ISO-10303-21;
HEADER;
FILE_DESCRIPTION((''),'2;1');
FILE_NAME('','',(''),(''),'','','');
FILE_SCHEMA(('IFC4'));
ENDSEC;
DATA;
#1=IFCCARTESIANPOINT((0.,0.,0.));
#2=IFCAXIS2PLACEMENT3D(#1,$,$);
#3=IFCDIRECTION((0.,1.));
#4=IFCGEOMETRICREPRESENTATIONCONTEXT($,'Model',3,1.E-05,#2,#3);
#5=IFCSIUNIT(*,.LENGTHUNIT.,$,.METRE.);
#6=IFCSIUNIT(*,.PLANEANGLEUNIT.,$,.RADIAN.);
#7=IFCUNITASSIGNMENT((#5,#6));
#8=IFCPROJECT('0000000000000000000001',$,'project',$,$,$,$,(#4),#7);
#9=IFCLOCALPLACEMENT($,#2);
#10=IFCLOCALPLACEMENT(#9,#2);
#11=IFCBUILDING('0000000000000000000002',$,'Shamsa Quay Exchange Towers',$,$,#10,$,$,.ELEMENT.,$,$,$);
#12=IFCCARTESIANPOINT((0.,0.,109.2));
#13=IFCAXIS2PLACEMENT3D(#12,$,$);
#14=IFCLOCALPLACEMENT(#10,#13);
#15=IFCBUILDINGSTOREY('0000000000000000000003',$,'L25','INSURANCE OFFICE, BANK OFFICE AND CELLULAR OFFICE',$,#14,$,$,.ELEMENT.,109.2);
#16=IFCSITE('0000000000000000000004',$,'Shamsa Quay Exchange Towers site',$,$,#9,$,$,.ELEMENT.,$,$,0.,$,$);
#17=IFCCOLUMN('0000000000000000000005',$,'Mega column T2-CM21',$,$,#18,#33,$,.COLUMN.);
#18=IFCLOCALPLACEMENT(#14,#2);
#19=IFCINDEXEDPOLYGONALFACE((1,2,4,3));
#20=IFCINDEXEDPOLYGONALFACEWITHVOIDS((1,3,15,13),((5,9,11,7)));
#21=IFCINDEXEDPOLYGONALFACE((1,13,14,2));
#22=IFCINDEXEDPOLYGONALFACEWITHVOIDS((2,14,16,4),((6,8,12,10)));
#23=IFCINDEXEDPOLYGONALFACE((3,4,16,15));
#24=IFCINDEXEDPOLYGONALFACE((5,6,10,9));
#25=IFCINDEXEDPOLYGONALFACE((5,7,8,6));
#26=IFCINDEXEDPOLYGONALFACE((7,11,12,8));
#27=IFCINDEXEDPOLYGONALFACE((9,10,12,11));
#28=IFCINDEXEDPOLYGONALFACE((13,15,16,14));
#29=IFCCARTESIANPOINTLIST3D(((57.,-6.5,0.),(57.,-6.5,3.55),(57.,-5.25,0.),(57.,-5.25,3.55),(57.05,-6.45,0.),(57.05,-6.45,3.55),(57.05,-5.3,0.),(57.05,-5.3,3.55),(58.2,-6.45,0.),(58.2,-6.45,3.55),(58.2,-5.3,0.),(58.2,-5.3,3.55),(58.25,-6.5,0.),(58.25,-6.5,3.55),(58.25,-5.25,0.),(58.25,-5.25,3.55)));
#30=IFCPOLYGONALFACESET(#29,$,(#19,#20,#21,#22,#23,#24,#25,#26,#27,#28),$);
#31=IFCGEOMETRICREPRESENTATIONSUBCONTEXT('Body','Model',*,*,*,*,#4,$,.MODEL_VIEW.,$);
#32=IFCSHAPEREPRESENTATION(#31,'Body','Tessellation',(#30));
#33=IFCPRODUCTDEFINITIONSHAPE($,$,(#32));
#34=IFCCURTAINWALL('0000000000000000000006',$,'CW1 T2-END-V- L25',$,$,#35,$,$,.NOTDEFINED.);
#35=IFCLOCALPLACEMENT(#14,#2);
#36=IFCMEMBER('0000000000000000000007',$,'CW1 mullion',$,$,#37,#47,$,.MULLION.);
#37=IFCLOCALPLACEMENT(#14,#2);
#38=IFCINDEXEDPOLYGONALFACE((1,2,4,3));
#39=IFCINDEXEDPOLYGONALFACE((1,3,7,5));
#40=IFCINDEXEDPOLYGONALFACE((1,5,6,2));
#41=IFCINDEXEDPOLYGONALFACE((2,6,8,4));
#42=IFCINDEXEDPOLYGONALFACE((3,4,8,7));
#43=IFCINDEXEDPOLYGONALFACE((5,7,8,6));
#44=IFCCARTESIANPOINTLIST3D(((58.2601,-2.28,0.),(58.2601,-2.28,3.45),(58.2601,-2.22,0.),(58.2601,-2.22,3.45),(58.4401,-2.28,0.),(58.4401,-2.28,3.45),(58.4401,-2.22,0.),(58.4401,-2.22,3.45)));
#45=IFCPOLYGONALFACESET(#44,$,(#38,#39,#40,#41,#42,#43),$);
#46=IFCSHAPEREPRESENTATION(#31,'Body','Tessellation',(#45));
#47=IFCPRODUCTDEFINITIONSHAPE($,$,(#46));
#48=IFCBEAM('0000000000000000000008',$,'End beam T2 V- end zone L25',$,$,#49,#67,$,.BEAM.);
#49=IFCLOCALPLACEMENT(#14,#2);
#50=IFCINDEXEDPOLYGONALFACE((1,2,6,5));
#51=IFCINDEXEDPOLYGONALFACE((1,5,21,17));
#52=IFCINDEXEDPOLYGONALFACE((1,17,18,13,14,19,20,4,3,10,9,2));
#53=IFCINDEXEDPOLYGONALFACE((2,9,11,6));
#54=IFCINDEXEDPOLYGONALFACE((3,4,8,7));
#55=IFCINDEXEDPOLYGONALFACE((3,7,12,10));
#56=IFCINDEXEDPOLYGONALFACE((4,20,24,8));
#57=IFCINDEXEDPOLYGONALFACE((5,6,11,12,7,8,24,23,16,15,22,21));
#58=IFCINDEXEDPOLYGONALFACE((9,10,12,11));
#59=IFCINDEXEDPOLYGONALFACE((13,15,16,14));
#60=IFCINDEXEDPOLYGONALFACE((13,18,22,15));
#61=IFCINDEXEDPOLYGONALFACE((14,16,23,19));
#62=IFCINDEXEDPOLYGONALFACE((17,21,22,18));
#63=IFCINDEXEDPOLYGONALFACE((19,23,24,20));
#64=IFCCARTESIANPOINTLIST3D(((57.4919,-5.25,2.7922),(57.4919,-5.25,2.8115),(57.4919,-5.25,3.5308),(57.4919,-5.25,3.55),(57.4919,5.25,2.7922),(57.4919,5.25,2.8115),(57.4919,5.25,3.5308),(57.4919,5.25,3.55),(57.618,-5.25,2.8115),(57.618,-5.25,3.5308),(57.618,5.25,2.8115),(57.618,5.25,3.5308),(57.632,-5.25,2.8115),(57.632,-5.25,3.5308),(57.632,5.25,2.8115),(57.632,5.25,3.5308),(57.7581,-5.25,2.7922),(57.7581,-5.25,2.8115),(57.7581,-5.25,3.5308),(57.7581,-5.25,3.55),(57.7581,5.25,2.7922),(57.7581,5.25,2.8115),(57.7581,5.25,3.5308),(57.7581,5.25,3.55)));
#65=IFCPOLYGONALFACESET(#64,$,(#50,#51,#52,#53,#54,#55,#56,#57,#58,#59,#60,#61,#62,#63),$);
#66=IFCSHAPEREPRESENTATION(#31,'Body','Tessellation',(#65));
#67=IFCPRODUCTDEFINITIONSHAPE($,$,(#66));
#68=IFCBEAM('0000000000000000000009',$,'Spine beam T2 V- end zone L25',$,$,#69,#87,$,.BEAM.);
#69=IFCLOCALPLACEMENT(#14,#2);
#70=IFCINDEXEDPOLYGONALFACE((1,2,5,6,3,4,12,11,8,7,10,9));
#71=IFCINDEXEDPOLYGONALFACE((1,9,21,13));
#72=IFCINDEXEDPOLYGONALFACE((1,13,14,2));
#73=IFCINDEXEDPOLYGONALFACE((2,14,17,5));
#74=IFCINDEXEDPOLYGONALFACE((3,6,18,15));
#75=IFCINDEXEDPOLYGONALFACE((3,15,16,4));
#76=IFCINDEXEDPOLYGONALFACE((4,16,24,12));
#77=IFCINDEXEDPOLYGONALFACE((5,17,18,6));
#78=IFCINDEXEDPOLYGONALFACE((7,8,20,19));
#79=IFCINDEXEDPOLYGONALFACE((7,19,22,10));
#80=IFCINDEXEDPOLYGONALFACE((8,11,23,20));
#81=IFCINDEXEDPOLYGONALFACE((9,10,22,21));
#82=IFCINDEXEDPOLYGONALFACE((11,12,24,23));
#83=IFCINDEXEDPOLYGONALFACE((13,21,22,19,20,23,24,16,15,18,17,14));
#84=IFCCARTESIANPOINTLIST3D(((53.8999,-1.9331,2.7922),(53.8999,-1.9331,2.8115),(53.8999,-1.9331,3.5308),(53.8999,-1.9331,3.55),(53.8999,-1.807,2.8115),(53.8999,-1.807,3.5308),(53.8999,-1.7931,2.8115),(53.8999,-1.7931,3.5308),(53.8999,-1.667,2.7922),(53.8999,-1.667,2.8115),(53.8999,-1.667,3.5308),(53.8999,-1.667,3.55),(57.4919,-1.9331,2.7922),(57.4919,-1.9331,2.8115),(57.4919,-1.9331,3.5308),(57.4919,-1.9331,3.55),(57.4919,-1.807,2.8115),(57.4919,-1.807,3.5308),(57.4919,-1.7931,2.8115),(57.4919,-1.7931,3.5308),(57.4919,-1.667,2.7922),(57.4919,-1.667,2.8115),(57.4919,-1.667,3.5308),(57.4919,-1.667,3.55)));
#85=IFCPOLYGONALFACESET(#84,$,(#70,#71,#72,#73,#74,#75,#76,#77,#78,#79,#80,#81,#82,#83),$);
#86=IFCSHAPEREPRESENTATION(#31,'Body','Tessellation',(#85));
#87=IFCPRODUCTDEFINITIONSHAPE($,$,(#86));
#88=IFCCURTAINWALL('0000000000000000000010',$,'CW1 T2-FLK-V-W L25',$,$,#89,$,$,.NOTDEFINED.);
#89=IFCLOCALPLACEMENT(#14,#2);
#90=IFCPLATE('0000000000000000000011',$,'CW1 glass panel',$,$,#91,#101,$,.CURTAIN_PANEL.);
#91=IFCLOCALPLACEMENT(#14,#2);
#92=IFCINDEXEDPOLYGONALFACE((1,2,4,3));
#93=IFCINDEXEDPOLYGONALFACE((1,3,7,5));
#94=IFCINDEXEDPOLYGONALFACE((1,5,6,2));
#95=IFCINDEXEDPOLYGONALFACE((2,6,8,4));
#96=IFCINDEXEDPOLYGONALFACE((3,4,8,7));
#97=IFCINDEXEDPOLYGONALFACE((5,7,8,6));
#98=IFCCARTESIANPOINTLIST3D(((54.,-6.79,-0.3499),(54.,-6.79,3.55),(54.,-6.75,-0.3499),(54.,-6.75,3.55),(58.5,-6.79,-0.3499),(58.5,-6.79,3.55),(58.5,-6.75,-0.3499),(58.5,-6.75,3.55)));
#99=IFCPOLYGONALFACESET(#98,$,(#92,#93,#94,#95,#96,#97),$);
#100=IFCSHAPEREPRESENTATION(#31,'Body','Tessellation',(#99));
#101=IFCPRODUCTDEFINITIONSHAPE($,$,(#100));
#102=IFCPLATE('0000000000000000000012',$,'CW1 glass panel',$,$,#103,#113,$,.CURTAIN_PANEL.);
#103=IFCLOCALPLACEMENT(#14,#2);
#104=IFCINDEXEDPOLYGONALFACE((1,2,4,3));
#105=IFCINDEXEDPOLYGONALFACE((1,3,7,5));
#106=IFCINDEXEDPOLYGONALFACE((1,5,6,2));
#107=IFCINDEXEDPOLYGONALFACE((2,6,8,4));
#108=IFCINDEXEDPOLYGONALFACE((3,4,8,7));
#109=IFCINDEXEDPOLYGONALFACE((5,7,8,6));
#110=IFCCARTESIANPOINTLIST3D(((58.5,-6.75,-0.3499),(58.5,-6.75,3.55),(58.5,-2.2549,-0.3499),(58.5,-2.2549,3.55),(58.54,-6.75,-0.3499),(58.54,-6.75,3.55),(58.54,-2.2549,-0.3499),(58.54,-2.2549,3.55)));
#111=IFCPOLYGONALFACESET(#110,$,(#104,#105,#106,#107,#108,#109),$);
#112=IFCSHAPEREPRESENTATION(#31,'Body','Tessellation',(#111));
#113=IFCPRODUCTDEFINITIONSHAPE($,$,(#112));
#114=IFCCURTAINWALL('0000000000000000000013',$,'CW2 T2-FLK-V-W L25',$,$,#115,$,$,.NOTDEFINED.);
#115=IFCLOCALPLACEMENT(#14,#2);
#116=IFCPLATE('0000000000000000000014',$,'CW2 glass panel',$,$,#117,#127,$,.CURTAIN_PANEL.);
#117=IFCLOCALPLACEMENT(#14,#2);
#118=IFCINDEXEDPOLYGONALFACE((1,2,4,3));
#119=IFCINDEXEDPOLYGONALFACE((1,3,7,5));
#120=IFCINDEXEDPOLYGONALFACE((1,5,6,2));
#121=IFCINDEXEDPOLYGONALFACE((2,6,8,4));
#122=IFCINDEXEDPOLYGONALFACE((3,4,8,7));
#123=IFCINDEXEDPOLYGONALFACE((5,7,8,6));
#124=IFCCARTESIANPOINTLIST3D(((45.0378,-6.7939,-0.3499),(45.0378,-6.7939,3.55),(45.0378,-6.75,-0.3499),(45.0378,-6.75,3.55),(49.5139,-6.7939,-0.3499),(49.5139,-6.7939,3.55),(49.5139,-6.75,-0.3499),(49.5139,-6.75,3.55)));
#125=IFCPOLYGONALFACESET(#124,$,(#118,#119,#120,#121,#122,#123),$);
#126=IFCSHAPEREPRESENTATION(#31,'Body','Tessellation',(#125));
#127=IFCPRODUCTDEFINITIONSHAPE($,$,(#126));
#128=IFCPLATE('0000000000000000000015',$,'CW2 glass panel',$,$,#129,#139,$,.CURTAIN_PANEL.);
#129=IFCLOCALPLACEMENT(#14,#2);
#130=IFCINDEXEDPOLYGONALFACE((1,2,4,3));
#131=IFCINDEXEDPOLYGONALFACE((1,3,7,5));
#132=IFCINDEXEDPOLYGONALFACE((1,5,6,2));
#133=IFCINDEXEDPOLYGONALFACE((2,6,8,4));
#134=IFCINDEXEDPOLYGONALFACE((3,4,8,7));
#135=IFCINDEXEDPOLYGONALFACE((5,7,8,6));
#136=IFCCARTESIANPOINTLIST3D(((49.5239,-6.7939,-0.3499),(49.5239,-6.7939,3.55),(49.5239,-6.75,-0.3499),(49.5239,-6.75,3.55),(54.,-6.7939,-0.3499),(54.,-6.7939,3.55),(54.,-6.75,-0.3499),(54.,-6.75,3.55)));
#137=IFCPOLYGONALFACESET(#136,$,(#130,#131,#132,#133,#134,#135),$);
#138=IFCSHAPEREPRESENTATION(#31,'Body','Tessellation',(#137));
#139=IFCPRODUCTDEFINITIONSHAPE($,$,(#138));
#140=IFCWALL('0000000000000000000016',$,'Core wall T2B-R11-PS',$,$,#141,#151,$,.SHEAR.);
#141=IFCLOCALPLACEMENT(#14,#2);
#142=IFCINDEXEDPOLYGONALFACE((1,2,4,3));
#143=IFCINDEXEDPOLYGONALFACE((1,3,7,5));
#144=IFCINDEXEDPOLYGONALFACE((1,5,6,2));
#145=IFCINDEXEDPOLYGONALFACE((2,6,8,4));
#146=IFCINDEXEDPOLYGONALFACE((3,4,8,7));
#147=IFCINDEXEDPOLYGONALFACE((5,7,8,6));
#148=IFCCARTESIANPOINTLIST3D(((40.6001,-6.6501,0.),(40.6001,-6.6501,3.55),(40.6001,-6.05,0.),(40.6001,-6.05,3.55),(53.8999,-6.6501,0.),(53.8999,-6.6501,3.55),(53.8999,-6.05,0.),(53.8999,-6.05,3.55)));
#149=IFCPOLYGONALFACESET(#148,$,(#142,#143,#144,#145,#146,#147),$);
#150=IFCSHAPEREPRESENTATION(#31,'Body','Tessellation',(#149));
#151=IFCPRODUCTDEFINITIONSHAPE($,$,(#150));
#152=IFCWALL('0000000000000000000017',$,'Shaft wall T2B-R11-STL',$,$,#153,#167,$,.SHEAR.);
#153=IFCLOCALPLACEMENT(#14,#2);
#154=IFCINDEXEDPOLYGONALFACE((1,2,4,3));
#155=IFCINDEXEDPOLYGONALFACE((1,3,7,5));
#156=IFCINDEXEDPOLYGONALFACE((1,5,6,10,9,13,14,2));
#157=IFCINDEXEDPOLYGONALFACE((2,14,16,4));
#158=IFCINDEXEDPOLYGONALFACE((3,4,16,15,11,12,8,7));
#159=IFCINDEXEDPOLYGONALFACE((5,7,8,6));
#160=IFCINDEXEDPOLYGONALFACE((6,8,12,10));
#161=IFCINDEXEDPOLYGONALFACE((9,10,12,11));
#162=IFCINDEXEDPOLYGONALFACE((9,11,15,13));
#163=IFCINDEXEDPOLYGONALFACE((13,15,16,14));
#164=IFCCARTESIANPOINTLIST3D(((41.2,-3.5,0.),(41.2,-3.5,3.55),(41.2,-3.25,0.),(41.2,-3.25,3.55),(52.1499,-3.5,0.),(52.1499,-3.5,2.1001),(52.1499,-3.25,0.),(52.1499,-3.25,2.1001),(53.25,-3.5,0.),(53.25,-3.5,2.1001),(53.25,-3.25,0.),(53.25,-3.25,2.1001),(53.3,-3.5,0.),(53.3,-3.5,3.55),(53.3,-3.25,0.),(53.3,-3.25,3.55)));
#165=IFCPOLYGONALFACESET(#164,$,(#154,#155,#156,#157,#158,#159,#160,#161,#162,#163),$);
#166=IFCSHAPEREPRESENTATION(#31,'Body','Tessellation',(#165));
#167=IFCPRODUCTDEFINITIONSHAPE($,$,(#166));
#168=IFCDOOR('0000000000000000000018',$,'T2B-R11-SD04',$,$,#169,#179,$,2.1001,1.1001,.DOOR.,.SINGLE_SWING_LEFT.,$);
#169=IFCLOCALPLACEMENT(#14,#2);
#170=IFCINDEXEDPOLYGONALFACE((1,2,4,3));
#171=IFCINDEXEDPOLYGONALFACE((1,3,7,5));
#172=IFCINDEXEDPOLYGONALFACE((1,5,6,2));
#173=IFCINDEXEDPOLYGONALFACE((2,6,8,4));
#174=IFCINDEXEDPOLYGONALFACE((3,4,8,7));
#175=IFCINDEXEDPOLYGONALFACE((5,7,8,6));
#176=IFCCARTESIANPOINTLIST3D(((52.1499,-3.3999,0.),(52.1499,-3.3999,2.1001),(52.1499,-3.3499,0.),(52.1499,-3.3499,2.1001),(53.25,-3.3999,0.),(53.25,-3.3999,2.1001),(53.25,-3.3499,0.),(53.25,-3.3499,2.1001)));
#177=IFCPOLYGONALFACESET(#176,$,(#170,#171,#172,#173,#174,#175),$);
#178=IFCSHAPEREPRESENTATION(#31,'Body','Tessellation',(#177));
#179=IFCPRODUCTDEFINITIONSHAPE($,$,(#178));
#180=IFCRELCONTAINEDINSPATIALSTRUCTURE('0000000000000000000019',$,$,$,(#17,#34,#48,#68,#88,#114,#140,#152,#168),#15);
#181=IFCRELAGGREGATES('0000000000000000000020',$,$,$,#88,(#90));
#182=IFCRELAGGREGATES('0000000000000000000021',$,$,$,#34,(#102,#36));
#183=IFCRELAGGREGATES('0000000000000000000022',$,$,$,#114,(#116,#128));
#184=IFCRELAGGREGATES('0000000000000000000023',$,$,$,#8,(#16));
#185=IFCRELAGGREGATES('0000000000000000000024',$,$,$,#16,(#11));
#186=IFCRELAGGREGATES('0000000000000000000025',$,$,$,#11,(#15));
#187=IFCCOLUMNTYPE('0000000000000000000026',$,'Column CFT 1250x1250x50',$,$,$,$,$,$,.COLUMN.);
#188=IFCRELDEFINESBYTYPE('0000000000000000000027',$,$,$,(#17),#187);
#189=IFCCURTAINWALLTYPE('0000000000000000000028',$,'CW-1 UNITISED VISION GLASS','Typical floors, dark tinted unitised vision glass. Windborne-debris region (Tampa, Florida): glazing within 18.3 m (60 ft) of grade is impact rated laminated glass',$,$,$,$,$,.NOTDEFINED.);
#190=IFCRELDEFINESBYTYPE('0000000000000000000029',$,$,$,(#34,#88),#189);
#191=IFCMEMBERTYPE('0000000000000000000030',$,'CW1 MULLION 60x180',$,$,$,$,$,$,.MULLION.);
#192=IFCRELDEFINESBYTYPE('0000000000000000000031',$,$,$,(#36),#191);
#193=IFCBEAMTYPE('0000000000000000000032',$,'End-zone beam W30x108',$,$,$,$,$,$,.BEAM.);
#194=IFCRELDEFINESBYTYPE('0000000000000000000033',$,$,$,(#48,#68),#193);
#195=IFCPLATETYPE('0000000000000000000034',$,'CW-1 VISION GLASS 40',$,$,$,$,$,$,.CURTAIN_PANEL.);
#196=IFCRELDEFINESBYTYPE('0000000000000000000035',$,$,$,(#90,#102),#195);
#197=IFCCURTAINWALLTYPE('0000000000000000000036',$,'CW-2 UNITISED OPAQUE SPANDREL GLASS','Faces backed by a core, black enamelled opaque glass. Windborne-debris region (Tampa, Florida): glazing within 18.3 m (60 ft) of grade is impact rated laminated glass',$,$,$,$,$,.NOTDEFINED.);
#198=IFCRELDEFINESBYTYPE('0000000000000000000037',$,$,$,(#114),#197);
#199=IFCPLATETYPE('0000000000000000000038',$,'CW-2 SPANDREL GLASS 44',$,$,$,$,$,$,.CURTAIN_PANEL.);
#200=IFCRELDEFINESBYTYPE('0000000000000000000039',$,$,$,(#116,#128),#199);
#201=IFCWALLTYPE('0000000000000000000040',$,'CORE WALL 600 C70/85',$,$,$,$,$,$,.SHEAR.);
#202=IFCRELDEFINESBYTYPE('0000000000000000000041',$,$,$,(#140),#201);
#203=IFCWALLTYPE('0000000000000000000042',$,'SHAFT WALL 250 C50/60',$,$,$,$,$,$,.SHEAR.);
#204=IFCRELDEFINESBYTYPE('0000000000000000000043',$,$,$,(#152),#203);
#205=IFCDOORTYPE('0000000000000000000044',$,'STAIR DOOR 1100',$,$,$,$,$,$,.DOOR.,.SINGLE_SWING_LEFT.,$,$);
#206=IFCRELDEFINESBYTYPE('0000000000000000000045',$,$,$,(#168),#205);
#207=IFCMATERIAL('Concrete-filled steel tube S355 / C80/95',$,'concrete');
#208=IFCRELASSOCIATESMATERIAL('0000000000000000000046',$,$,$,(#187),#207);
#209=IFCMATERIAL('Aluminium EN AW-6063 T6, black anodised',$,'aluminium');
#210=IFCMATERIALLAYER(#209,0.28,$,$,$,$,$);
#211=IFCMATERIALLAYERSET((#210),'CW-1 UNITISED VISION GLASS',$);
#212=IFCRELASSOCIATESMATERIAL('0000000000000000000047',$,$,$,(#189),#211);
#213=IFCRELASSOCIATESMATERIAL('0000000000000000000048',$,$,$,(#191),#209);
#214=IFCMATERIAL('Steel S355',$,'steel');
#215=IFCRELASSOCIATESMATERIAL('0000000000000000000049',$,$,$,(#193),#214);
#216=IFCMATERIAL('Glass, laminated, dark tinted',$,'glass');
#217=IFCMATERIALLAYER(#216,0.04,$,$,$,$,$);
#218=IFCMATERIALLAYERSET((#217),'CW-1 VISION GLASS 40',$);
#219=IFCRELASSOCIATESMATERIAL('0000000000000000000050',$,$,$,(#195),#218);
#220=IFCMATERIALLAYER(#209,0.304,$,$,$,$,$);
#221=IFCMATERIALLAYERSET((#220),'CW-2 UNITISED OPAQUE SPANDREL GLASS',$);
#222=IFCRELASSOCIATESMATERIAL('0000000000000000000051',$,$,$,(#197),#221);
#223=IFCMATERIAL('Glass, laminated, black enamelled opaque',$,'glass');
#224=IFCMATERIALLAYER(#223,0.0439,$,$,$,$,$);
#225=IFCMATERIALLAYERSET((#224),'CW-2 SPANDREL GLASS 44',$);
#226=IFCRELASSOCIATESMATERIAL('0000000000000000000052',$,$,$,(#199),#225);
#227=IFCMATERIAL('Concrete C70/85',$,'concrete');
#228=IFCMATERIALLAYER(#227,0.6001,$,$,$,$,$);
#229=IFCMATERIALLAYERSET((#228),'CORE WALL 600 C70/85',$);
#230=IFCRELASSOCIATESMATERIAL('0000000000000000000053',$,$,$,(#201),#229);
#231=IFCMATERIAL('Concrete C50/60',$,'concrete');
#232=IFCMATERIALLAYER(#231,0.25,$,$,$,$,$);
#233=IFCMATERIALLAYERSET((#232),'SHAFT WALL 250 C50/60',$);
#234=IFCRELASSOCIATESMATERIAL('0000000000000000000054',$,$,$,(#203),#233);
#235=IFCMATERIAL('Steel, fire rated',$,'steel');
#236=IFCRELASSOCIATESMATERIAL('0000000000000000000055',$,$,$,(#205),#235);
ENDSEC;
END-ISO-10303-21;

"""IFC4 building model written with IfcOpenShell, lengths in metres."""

from ifc_helpers import new_model, si_unit, direction, frame, frame_2d, origin, origin_2d, place, context, subcontext, project, spatial, rectangle, hollow_rectangle, i_section, extrude, material, layer, layer_set, material_profile, profile_set, type_object, element, fill, aggregate, save


model = new_model("IFC4")

# Units and contexts
model_context = context("Model", 3, precision=1e-05, world=origin(), true_north=direction((0.0, 1.0)))
body_context = subcontext(model_context, "Body", "Model", "MODEL_VIEW")
ifc_project = project(units=[si_unit("LENGTHUNIT", "METRE"), si_unit("PLANEANGLEUNIT", "RADIAN")], contexts=[model_context])

# Site, building, storey
site_placement = place(None, origin())
site = spatial("IfcSite", under=ifc_project, at=site_placement, Name="Shamsa Quay Exchange Towers site", CompositionType="ELEMENT", RefElevation=0.0)
building_placement = place(site_placement, origin())
building = spatial("IfcBuilding", under=site, at=building_placement, Name="Shamsa Quay Exchange Towers", CompositionType="ELEMENT")
storey_placement = place(building_placement, frame((0.0, 0.0, 109.2)))
storey = spatial("IfcBuildingStorey", under=building, at=storey_placement, Name="L25", Description="INSURANCE OFFICE, BANK OFFICE AND CELLULAR OFFICE", CompositionType="ELEMENT", Elevation=109.2)

# Column
ifc_material_1 = material(Name="Concrete-filled steel tube S355 / C80/95", Category="concrete")
ifc_material_profile_1 = material_profile(ifc_material_1, hollow_rectangle(XDim=1.25, YDim=1.25, WallThickness=0.05, at=origin_2d()), Name="CFT 1250x1250x50")
ifc_profile_set_1 = profile_set([ifc_material_profile_1], Name="Concrete-filled steel tube S355 / C80/95")
column_type = type_object("IfcColumnType", Name="Column CFT 1250x1250x50", PredefinedType="COLUMN", material=ifc_profile_set_1)
column_placement = place(storey_placement, frame((57.625, -5.875, 0.0)))
element("IfcColumn", 1, at=column_placement, inside=storey, type_object=column_type, Name="Mega column T2-CM21", PredefinedType="COLUMN", context=body_context, shape_type="SweptSolid", body=[
    extrude(hollow_rectangle(XDim=1.25, YDim=1.25, WallThickness=0.05, at=origin_2d()), origin(), (0.0, 0.0, 1.0), 3.55),
])

# Curtain wall, member
ifc_material_2 = material(Name="Aluminium EN AW-6063 T6, black anodised", Category="aluminium")
ifc_layer_1 = layer(ifc_material_2, 0.28)
ifc_layer_set_1 = layer_set([ifc_layer_1], Name="CW-1 UNITISED VISION GLASS")
curtain_wall_type_1 = type_object("IfcCurtainWallType", Name="CW-1 UNITISED VISION GLASS", Description="Typical floors, dark tinted unitised vision glass. Windborne-debris region (Tampa, Florida): glazing within 18.3 m (60 ft) of grade is impact rated laminated glass", PredefinedType="NOTDEFINED", material=ifc_layer_set_1)
curtain_wall_1_placement = place(storey_placement, origin())
curtain_wall_1 = element("IfcCurtainWall", 2, at=curtain_wall_1_placement, inside=storey, type_object=curtain_wall_type_1, Name="CW1 T2-END-V- L25", PredefinedType="NOTDEFINED")
ifc_material_profile_2 = material_profile(ifc_material_2, rectangle(XDim=0.1799, YDim=0.0601, at=origin_2d()), Name="MU60x180")
ifc_profile_set_2 = profile_set([ifc_material_profile_2], Name="Aluminium EN AW-6063 T6, black anodised")
member_type = type_object("IfcMemberType", Name="CW1 MULLION 60x180", PredefinedType="MULLION", material=ifc_profile_set_2)
member_placement = place(storey_placement, frame((58.3501, -2.25, 0.0), z_axis=(0.0, 0.0, 1.0), x_axis=(-1.0, 0.0, 0.0)))
member = element("IfcMember", 3, at=member_placement, type_object=member_type, Name="CW1 mullion", PredefinedType="MULLION", context=body_context, shape_type="SweptSolid", body=[
    extrude(rectangle(XDim=0.1799, YDim=0.0601, at=origin_2d()), origin(), (0.0, 0.0, 1.0), 3.45),
])

# Beams
ifc_material_3 = material(Name="Steel S355", Category="steel")
ifc_material_profile_3 = material_profile(ifc_material_3, i_section(OverallWidth=0.2661, OverallDepth=0.7578, WebThickness=0.0139, FlangeThickness=0.0193, at=origin_2d()), Name="W30x108")
ifc_profile_set_3 = profile_set([ifc_material_profile_3], Name="Steel S355")
beam_type = type_object("IfcBeamType", Name="End-zone beam W30x108", PredefinedType="BEAM", material=ifc_profile_set_3)
beam_1_placement = place(storey_placement, frame((57.625, -5.25, 3.1711), z_axis=(0.0, 1.0, 0.0), x_axis=(-1.0, 0.0, 0.0)))
element("IfcBeam", 4, at=beam_1_placement, inside=storey, type_object=beam_type, Name="End beam T2 V- end zone L25", PredefinedType="BEAM", context=body_context, shape_type="SweptSolid", body=[
    extrude(i_section(OverallWidth=0.2661, OverallDepth=0.7578, WebThickness=0.0139, FlangeThickness=0.0193, at=origin_2d()), origin(), (0.0, 0.0, 1.0), 10.5),
])
beam_2_placement = place(storey_placement, frame((53.8999, -1.8, 3.1711), z_axis=(1.0, 0.0, 0.0), x_axis=(0.0, 1.0, 0.0)))
element("IfcBeam", 5, at=beam_2_placement, inside=storey, type_object=beam_type, Name="Spine beam T2 V- end zone L25", PredefinedType="BEAM", context=body_context, shape_type="SweptSolid", body=[
    extrude(i_section(OverallWidth=0.2661, OverallDepth=0.7578, WebThickness=0.0139, FlangeThickness=0.0193, at=origin_2d()), origin(), (0.0, 0.0, 1.0), 3.592),
])

# Curtain wall, plate
curtain_wall_2_placement = place(storey_placement, origin())
curtain_wall_2 = element("IfcCurtainWall", 6, at=curtain_wall_2_placement, inside=storey, type_object=curtain_wall_type_1, Name="CW1 T2-FLK-V-W L25", PredefinedType="NOTDEFINED")
ifc_material_4 = material(Name="Glass, laminated, dark tinted", Category="glass")
ifc_layer_2 = layer(ifc_material_4, 0.04)
ifc_layer_set_2 = layer_set([ifc_layer_2], Name="CW-1 VISION GLASS 40")
plate_type_1 = type_object("IfcPlateType", Name="CW-1 VISION GLASS 40", PredefinedType="CURTAIN_PANEL", material=ifc_layer_set_2)
plate_1_placement = place(storey_placement, frame((56.25, -6.77, -0.3499)))
plate_1 = element("IfcPlate", 7, at=plate_1_placement, type_object=plate_type_1, Name="CW1 glass panel", PredefinedType="CURTAIN_PANEL", context=body_context, shape_type="SweptSolid", body=[
    extrude(rectangle(XDim=4.5, YDim=0.04, at=origin_2d()), origin(), (0.0, 0.0, 1.0), 3.8999),
])
aggregate(curtain_wall_2, [plate_1])

# Plate
plate_2_placement = place(storey_placement, frame((58.52, -4.5024, -0.3499), z_axis=(0.0, 0.0, 1.0), x_axis=(0.0, 1.0, 0.0)))
plate_2 = element("IfcPlate", 8, at=plate_2_placement, type_object=plate_type_1, Name="CW1 glass panel", PredefinedType="CURTAIN_PANEL", context=body_context, shape_type="SweptSolid", body=[
    extrude(rectangle(XDim=4.4951, YDim=0.04, at=origin_2d()), origin(), (0.0, 0.0, 1.0), 3.8999),
])
aggregate(curtain_wall_1, [plate_2, member])

# Curtain wall, plates
ifc_layer_3 = layer(ifc_material_2, 0.304)
ifc_layer_set_3 = layer_set([ifc_layer_3], Name="CW-2 UNITISED OPAQUE SPANDREL GLASS")
curtain_wall_type_2 = type_object("IfcCurtainWallType", Name="CW-2 UNITISED OPAQUE SPANDREL GLASS", Description="Faces backed by a core, black enamelled opaque glass. Windborne-debris region (Tampa, Florida): glazing within 18.3 m (60 ft) of grade is impact rated laminated glass", PredefinedType="NOTDEFINED", material=ifc_layer_set_3)
curtain_wall_3_placement = place(storey_placement, origin())
curtain_wall_3 = element("IfcCurtainWall", 9, at=curtain_wall_3_placement, inside=storey, type_object=curtain_wall_type_2, Name="CW2 T2-FLK-V-W L25", PredefinedType="NOTDEFINED")
ifc_material_5 = material(Name="Glass, laminated, black enamelled opaque", Category="glass")
ifc_layer_4 = layer(ifc_material_5, 0.0439)
ifc_layer_set_4 = layer_set([ifc_layer_4], Name="CW-2 SPANDREL GLASS 44")
plate_type_2 = type_object("IfcPlateType", Name="CW-2 SPANDREL GLASS 44", PredefinedType="CURTAIN_PANEL", material=ifc_layer_set_4)
plate_3_placement = place(storey_placement, frame((47.2759, -6.772, -0.3499)))
plate_3 = element("IfcPlate", 10, at=plate_3_placement, type_object=plate_type_2, Name="CW2 glass panel", PredefinedType="CURTAIN_PANEL", context=body_context, shape_type="SweptSolid", body=[
    extrude(rectangle(XDim=4.4761, YDim=0.0439, at=origin_2d()), origin(), (0.0, 0.0, 1.0), 3.8999),
])
plate_4_placement = place(storey_placement, frame((51.762, -6.772, -0.3499)))
plate_4 = element("IfcPlate", 11, at=plate_4_placement, type_object=plate_type_2, Name="CW2 glass panel", PredefinedType="CURTAIN_PANEL", context=body_context, shape_type="SweptSolid", body=[
    extrude(rectangle(XDim=4.4761, YDim=0.0439, at=origin_2d()), origin(), (0.0, 0.0, 1.0), 3.8999),
])
aggregate(curtain_wall_3, [plate_3, plate_4])

# Wall
ifc_material_6 = material(Name="Concrete C70/85", Category="concrete")
ifc_layer_5 = layer(ifc_material_6, 0.6001)
ifc_layer_set_5 = layer_set([ifc_layer_5], Name="CORE WALL 600 C70/85")
wall_type_1 = type_object("IfcWallType", Name="CORE WALL 600 C70/85", PredefinedType="SHEAR", material=ifc_layer_set_5)
wall_1_placement = place(storey_placement, frame((53.8999, -6.3501, 0.0), z_axis=(0.0, 0.0, 1.0), x_axis=(-1.0, 0.0, 0.0)))
element("IfcWall", 12, at=wall_1_placement, inside=storey, type_object=wall_type_1, Name="Core wall T2B-R11-PS", PredefinedType="SHEAR", context=body_context, shape_type="SweptSolid", body=[
    extrude(rectangle(XDim=13.2998, YDim=0.6001, at=frame_2d((6.6499, 0.0))), origin(), (0.0, 0.0, 1.0), 3.55),
])

# Wall, opening, door
ifc_material_7 = material(Name="Steel, fire rated", Category="steel")
ifc_material_8 = material(Name="Concrete C50/60", Category="concrete")
ifc_layer_6 = layer(ifc_material_8, 0.25)
ifc_layer_set_6 = layer_set([ifc_layer_6], Name="SHAFT WALL 250 C50/60")
wall_type_2 = type_object("IfcWallType", Name="SHAFT WALL 250 C50/60", PredefinedType="SHEAR", material=ifc_layer_set_6)
wall_2_placement = place(storey_placement, frame((53.3, -3.375, 0.0), z_axis=(0.0, 0.0, 1.0), x_axis=(-1.0, 0.0, 0.0)))
wall_2 = element("IfcWall", 13, at=wall_2_placement, inside=storey, type_object=wall_type_2, Name="Shaft wall T2B-R11-STL", PredefinedType="SHEAR", context=body_context, shape_type="SweptSolid", body=[
    extrude(rectangle(XDim=12.1001, YDim=0.25, at=frame_2d((6.05, 0.0))), origin(), (0.0, 0.0, 1.0), 3.55),
])
opening_1_placement = place(wall_2_placement, frame((0.05, 0.0, 0.0)))
opening_1 = element("IfcOpeningElement", 14, at=opening_1_placement, cuts=wall_2, PredefinedType="OPENING", context=body_context, shape_type="SweptSolid", body=[
    extrude(rectangle(XDim=1.1001, YDim=2.1001, at=frame_2d((0.55, 1.05))), frame((0.0, 0.135, 0.0), z_axis=(0.0, -1.0, 0.0), x_axis=(1.0, 0.0, 0.0)), (0.0, 0.0, 1.0), 0.27),
])
door_type_1 = type_object("IfcDoorType", Name="STAIR DOOR 1100", OperationType="SINGLE_SWING_LEFT", PredefinedType="DOOR", material=ifc_material_7)
door_1_placement = place(opening_1_placement, origin())
door_1 = element("IfcDoor", 15, at=door_1_placement, inside=storey, type_object=door_type_1, Name="T2B-R11-SD04", OperationType="SINGLE_SWING_LEFT", OverallHeight=2.1001, OverallWidth=1.1001, PredefinedType="DOOR", context=body_context, shape_type="SweptSolid", body=[
    extrude(rectangle(XDim=1.1001, YDim=2.1001, at=frame_2d((0.55, 1.05))), frame((0.0, 0.0249, 0.0), z_axis=(0.0, -1.0, 0.0), x_axis=(1.0, 0.0, 0.0)), (0.0, 0.0, 1.0), 0.05),
])
fill(opening_1, door_1)

save(model, "model.ifc")
